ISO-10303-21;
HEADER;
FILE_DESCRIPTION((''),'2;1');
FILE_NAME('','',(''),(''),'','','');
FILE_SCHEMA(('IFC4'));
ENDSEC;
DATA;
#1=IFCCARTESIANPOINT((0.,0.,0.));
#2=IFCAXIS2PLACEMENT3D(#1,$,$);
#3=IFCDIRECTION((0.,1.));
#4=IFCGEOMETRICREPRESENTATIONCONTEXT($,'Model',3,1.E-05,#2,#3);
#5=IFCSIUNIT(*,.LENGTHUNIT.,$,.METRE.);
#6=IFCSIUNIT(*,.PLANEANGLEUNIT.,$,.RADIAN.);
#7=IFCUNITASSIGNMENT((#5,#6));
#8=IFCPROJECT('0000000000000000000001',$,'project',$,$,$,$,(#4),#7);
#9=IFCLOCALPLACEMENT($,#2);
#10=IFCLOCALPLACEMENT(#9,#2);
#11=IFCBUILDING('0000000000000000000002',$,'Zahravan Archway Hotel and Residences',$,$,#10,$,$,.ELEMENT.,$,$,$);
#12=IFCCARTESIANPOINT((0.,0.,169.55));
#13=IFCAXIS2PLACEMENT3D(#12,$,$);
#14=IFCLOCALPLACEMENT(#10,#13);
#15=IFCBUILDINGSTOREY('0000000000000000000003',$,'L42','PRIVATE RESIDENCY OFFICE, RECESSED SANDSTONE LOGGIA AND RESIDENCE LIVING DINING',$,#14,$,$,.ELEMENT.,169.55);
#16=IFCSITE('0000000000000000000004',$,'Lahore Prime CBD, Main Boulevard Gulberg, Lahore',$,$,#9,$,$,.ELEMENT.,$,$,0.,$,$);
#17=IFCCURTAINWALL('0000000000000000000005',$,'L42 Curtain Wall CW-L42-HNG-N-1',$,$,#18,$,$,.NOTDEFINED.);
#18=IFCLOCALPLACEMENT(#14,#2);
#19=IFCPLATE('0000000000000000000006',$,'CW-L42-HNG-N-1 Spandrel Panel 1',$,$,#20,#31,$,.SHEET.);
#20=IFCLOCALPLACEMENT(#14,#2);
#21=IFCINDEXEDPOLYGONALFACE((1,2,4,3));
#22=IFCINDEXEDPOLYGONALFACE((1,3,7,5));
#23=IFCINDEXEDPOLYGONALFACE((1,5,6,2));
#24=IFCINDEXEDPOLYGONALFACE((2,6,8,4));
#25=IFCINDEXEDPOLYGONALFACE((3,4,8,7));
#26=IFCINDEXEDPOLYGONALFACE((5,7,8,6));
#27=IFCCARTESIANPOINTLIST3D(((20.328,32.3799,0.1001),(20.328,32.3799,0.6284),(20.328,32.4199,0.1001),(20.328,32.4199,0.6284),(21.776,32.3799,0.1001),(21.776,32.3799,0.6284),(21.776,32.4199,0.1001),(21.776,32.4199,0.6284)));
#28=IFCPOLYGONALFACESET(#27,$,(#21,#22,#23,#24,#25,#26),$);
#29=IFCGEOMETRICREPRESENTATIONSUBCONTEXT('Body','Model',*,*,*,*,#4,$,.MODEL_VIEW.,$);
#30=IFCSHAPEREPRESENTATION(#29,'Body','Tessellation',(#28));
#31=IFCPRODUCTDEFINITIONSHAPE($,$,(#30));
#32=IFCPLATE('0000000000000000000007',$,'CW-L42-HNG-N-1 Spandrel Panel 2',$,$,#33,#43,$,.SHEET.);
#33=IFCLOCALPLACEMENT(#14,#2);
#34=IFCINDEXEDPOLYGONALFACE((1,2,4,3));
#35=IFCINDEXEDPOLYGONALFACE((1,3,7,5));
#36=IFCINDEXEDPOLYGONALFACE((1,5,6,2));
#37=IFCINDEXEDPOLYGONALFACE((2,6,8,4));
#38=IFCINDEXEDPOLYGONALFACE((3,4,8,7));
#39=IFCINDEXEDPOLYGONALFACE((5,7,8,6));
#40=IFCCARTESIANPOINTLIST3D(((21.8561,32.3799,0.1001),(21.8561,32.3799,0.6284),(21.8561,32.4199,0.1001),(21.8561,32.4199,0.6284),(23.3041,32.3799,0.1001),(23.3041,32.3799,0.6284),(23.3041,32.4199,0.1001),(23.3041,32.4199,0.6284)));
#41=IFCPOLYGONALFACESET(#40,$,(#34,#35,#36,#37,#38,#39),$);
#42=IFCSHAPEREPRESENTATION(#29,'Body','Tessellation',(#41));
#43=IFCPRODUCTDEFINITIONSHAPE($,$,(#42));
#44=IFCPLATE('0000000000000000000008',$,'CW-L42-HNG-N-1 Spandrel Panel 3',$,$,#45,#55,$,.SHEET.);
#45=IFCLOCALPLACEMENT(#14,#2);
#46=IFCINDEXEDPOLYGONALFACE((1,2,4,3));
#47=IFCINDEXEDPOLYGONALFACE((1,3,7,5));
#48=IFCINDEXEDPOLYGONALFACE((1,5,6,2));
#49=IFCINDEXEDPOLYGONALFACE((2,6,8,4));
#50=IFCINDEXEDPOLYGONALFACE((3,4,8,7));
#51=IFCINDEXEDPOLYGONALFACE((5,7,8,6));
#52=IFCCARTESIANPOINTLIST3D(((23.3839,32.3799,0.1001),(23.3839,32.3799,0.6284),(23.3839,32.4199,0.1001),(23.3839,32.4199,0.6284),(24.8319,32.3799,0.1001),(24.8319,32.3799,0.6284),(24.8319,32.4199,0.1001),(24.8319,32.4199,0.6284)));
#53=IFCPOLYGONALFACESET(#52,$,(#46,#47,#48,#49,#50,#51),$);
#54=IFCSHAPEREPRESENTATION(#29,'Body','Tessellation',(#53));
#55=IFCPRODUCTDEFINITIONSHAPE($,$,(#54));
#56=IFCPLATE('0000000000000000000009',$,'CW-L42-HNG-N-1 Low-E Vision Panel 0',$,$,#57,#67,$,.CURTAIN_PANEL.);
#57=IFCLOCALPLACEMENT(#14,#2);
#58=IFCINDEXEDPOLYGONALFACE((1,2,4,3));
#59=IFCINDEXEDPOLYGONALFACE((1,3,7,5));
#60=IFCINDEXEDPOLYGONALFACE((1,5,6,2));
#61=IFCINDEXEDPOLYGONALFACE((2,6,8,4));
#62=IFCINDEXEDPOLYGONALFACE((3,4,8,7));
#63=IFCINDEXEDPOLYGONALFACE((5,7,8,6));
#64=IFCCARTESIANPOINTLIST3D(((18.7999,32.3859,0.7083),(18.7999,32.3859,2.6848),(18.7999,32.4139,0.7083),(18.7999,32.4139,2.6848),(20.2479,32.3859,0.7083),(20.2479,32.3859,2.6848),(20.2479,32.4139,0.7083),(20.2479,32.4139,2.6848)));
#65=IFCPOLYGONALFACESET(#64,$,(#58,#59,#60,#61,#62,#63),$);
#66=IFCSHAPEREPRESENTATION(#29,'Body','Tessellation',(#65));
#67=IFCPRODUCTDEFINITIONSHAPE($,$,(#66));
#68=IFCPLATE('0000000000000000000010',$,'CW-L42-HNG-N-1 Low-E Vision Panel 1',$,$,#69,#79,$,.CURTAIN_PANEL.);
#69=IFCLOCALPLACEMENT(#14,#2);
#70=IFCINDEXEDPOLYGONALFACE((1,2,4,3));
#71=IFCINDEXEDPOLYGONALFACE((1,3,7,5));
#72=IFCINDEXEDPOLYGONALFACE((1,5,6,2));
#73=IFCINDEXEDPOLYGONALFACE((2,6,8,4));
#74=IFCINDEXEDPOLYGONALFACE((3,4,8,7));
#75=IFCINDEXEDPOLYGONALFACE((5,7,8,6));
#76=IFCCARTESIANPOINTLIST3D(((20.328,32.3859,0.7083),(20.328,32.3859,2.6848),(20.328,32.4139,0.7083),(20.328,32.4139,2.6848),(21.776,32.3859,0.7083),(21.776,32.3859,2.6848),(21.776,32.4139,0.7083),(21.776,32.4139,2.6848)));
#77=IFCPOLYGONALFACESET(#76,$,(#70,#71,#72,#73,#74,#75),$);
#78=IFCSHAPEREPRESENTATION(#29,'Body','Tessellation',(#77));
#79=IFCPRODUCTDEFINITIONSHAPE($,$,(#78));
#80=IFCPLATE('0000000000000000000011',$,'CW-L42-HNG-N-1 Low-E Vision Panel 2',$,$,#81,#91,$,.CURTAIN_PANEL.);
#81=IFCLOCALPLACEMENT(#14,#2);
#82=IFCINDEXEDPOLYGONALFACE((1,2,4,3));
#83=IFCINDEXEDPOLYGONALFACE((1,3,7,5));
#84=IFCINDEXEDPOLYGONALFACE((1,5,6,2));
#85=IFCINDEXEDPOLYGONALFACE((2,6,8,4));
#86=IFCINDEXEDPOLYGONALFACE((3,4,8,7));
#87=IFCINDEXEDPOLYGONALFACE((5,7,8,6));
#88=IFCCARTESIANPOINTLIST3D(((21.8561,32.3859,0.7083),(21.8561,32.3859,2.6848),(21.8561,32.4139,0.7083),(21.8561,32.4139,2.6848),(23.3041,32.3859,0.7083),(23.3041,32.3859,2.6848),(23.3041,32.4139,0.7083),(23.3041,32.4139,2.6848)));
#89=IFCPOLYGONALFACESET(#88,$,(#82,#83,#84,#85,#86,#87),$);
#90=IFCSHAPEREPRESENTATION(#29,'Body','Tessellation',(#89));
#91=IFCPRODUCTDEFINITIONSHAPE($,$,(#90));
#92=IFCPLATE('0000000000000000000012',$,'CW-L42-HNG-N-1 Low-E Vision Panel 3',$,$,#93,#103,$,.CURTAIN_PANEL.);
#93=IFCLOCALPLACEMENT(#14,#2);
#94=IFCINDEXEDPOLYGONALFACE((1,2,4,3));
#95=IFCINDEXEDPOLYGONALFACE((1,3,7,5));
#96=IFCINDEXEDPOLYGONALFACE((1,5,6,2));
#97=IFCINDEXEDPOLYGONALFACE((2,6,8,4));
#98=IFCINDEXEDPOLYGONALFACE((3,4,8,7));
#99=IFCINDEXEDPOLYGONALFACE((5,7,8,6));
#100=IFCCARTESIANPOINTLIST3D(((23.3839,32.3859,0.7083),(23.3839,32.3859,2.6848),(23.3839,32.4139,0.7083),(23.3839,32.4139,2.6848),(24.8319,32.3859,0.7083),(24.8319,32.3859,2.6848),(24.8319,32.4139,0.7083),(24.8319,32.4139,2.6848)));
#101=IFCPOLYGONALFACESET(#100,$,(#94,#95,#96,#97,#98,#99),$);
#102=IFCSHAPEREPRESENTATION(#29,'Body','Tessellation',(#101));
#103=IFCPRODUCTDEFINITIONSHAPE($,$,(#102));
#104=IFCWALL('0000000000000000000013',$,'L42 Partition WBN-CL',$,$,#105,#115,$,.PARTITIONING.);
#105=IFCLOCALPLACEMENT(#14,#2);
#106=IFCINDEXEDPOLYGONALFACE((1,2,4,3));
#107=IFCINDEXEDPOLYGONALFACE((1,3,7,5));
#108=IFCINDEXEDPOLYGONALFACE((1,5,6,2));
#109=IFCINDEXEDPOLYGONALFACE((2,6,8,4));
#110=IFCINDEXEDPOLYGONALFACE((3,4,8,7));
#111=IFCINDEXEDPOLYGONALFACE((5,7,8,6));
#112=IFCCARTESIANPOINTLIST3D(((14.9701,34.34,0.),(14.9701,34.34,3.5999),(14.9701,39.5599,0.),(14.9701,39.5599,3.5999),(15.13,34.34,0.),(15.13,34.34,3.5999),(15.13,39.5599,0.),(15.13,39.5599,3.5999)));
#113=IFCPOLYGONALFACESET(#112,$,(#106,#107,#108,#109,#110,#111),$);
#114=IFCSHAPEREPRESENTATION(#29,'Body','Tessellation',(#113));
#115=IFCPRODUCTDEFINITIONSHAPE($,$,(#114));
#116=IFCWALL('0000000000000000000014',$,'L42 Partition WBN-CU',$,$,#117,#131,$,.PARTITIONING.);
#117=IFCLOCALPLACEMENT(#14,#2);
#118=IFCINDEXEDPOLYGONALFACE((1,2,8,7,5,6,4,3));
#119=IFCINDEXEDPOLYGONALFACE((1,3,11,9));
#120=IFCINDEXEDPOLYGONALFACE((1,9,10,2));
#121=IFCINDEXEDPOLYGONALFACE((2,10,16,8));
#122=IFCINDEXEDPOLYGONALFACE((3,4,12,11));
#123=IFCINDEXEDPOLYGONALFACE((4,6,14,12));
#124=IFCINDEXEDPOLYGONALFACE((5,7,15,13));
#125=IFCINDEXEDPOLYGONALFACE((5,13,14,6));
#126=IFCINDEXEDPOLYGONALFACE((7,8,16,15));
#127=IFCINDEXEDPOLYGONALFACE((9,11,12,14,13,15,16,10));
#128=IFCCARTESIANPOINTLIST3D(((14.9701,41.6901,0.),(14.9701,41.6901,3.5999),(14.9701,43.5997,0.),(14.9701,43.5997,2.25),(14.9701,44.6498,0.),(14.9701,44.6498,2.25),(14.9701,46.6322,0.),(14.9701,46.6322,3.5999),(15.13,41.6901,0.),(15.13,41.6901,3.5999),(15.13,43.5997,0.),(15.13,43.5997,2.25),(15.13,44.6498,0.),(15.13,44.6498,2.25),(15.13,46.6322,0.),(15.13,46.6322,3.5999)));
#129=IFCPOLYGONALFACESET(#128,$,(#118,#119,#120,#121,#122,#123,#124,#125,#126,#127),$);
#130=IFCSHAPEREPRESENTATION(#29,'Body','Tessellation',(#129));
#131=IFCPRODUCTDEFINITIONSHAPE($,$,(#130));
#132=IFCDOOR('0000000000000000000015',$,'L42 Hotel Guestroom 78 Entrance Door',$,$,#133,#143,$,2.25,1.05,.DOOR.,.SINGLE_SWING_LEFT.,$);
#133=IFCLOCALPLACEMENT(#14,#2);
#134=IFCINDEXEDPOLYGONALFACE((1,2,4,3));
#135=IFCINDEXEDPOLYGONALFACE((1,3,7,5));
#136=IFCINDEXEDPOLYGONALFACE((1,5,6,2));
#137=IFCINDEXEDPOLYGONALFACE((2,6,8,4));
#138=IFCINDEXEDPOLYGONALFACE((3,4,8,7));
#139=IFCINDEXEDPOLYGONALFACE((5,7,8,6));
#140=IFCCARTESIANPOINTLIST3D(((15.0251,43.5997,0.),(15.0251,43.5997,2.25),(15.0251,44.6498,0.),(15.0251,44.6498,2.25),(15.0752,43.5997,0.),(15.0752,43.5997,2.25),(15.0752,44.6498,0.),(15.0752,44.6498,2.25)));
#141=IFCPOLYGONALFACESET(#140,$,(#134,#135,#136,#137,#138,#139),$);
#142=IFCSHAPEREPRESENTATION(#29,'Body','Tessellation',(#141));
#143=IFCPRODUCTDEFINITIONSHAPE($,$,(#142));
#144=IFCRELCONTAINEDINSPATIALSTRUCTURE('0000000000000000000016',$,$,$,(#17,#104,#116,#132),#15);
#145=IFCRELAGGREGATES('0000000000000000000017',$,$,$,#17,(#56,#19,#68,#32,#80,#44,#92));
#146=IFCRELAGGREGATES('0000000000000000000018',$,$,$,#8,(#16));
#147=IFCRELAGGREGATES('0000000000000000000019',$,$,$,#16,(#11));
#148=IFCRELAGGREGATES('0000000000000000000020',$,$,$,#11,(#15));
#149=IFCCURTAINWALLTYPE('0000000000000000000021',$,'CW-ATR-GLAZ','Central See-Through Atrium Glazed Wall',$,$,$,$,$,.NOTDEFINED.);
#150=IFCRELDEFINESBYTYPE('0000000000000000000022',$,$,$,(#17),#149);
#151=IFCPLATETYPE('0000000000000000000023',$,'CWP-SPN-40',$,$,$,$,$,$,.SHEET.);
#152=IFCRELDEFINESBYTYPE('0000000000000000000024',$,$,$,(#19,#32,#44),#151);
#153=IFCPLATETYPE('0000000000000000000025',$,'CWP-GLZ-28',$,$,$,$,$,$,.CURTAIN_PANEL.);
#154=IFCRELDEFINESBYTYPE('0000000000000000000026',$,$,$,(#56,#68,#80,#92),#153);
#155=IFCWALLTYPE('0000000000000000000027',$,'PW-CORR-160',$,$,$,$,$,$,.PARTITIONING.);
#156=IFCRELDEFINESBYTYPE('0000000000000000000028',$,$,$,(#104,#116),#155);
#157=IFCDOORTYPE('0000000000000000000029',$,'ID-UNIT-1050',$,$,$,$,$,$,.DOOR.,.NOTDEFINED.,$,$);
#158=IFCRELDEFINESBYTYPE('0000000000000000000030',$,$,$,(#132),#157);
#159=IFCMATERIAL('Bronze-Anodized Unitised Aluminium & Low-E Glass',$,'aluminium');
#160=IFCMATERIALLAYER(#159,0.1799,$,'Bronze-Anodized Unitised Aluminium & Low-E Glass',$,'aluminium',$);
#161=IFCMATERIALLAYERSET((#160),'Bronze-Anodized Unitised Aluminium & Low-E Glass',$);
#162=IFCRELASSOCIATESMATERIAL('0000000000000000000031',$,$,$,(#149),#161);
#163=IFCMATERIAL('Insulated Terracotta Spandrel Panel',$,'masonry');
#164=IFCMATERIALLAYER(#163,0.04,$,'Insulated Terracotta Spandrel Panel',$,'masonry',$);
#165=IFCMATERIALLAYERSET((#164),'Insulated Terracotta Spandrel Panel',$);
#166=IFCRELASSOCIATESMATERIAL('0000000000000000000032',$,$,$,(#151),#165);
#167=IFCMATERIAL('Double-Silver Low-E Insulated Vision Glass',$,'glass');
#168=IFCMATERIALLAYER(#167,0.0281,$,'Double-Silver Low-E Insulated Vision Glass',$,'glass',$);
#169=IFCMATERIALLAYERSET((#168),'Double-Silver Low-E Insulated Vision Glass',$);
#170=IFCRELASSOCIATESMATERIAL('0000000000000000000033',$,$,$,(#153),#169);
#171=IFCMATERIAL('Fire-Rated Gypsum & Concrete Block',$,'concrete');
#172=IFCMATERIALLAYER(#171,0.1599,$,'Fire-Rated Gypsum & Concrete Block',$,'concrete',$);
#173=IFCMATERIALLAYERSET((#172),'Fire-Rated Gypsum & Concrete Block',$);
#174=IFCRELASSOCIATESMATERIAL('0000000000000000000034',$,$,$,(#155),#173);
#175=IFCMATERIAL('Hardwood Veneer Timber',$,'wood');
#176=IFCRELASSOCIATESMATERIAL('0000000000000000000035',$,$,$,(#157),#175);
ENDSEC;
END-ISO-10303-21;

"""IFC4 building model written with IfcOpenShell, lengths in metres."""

from ifc_helpers import new_model, si_unit, direction, frame, frame_2d, origin, origin_2d, place, context, subcontext, project, spatial, rectangle, extrude, source, transform, mapped, material, layer, layer_set, type_object, type_shapes, element, fill, aggregate, save


model = new_model("IFC4")

# Units and contexts
model_context = context("Model", 3, precision=1e-05, world=origin(), true_north=direction((0.0, 1.0)))
body_context = subcontext(model_context, "Body", "Model", "MODEL_VIEW")
ifc_project = project(units=[si_unit("LENGTHUNIT", "METRE"), si_unit("PLANEANGLEUNIT", "RADIAN")], contexts=[model_context])

# Site, building, storey
site_placement = place(None, origin())
site = spatial("IfcSite", under=ifc_project, at=site_placement, Name="Lahore Prime CBD, Main Boulevard Gulberg, Lahore", CompositionType="ELEMENT", RefElevation=0.0)
building_placement = place(site_placement, origin())
building = spatial("IfcBuilding", under=site, at=building_placement, Name="Zahravan Archway Hotel and Residences", CompositionType="ELEMENT")
storey_placement = place(building_placement, frame((0.0, 0.0, 169.55)))
storey = spatial("IfcBuildingStorey", under=building, at=storey_placement, Name="L42", Description="PRIVATE RESIDENCY OFFICE, RECESSED SANDSTONE LOGGIA AND RESIDENCE LIVING DINING", CompositionType="ELEMENT", Elevation=169.55)

# Curtain wall, plates
ifc_material_1 = material(Name="Bronze-Anodized Unitised Aluminium & Low-E Glass", Category="aluminium")
ifc_layer_1 = layer(ifc_material_1, 0.1799, Name="Bronze-Anodized Unitised Aluminium & Low-E Glass", Category="aluminium")
ifc_layer_set_1 = layer_set([ifc_layer_1], Name="Bronze-Anodized Unitised Aluminium & Low-E Glass")
curtain_wall_type = type_object("IfcCurtainWallType", Name="CW-ATR-GLAZ", Description="Central See-Through Atrium Glazed Wall", PredefinedType="NOTDEFINED", material=ifc_layer_set_1)
curtain_wall_placement = place(storey_placement, origin())
curtain_wall = element("IfcCurtainWall", 1, at=curtain_wall_placement, inside=storey, type_object=curtain_wall_type, Name="L42 Curtain Wall CW-L42-HNG-N-1", PredefinedType="NOTDEFINED")
ifc_material_2 = material(Name="Insulated Terracotta Spandrel Panel", Category="masonry")
ifc_layer_2 = layer(ifc_material_2, 0.04, Name="Insulated Terracotta Spandrel Panel", Category="masonry")
ifc_layer_set_2 = layer_set([ifc_layer_2], Name="Insulated Terracotta Spandrel Panel")
plate_type_1 = type_object("IfcPlateType", Name="CWP-SPN-40", PredefinedType="SHEET", material=ifc_layer_set_2)
shared_shape_1 = source(origin(), body_context, "Body", "SweptSolid", [
    extrude(rectangle(XDim=1.448, YDim=0.04, at=origin_2d()), origin(), (0.0, 0.0, 1.0), 0.5283),
])
plate_1_placement = place(storey_placement, frame((21.052, 32.3999, 0.1001), z_axis=(0.0, 0.0, 1.0), x_axis=(1.0, 0.0, 0.0)))
plate_1 = element("IfcPlate", 2, at=plate_1_placement, type_object=plate_type_1, Name="CW-L42-HNG-N-1 Spandrel Panel 1", PredefinedType="SHEET", context=body_context, shape_type="MappedRepresentation", body=[
    mapped(shared_shape_1, transform((0.0, 0.0, 0.0), scale=1.0)),
])
plate_2_placement = place(storey_placement, frame((22.5801, 32.3999, 0.1001), z_axis=(0.0, 0.0, 1.0), x_axis=(1.0, 0.0, 0.0)))
plate_2 = element("IfcPlate", 3, at=plate_2_placement, type_object=plate_type_1, Name="CW-L42-HNG-N-1 Spandrel Panel 2", PredefinedType="SHEET", context=body_context, shape_type="MappedRepresentation", body=[
    mapped(shared_shape_1, transform((0.0, 0.0, 0.0), scale=1.0)),
])
plate_3_placement = place(storey_placement, frame((24.1079, 32.3999, 0.1001), z_axis=(0.0, 0.0, 1.0), x_axis=(1.0, 0.0, 0.0)))
plate_3 = element("IfcPlate", 4, at=plate_3_placement, type_object=plate_type_1, Name="CW-L42-HNG-N-1 Spandrel Panel 3", PredefinedType="SHEET", context=body_context, shape_type="MappedRepresentation", body=[
    mapped(shared_shape_1, transform((0.0, 0.0, 0.0), scale=1.0)),
])
ifc_material_3 = material(Name="Double-Silver Low-E Insulated Vision Glass", Category="glass")
ifc_layer_3 = layer(ifc_material_3, 0.0281, Name="Double-Silver Low-E Insulated Vision Glass", Category="glass")
ifc_layer_set_3 = layer_set([ifc_layer_3], Name="Double-Silver Low-E Insulated Vision Glass")
plate_type_2 = type_object("IfcPlateType", Name="CWP-GLZ-28", PredefinedType="CURTAIN_PANEL", material=ifc_layer_set_3)
shared_shape_2 = source(origin(), body_context, "Body", "SweptSolid", [
    extrude(rectangle(XDim=1.448, YDim=0.0281, at=origin_2d()), origin(), (0.0, 0.0, 1.0), 1.9766),
])
plate_4_placement = place(storey_placement, frame((19.5239, 32.3999, 0.7083), z_axis=(0.0, 0.0, 1.0), x_axis=(1.0, 0.0, 0.0)))
plate_4 = element("IfcPlate", 5, at=plate_4_placement, type_object=plate_type_2, Name="CW-L42-HNG-N-1 Low-E Vision Panel 0", PredefinedType="CURTAIN_PANEL", context=body_context, shape_type="MappedRepresentation", body=[
    mapped(shared_shape_2, transform((0.0, 0.0, 0.0), scale=1.0)),
])
plate_5_placement = place(storey_placement, frame((21.052, 32.3999, 0.7083), z_axis=(0.0, 0.0, 1.0), x_axis=(1.0, 0.0, 0.0)))
plate_5 = element("IfcPlate", 6, at=plate_5_placement, type_object=plate_type_2, Name="CW-L42-HNG-N-1 Low-E Vision Panel 1", PredefinedType="CURTAIN_PANEL", context=body_context, shape_type="MappedRepresentation", body=[
    mapped(shared_shape_2, transform((0.0, 0.0, 0.0), scale=1.0)),
])
plate_6_placement = place(storey_placement, frame((22.5801, 32.3999, 0.7083), z_axis=(0.0, 0.0, 1.0), x_axis=(1.0, 0.0, 0.0)))
plate_6 = element("IfcPlate", 7, at=plate_6_placement, type_object=plate_type_2, Name="CW-L42-HNG-N-1 Low-E Vision Panel 2", PredefinedType="CURTAIN_PANEL", context=body_context, shape_type="MappedRepresentation", body=[
    mapped(shared_shape_2, transform((0.0, 0.0, 0.0), scale=1.0)),
])
plate_7_placement = place(storey_placement, frame((24.1079, 32.3999, 0.7083), z_axis=(0.0, 0.0, 1.0), x_axis=(1.0, 0.0, 0.0)))
plate_7 = element("IfcPlate", 8, at=plate_7_placement, type_object=plate_type_2, Name="CW-L42-HNG-N-1 Low-E Vision Panel 3", PredefinedType="CURTAIN_PANEL", context=body_context, shape_type="MappedRepresentation", body=[
    mapped(shared_shape_2, transform((0.0, 0.0, 0.0), scale=1.0)),
])
aggregate(curtain_wall, [plate_4, plate_1, plate_5, plate_2, plate_6, plate_3, plate_7])

# Wall
ifc_material_4 = material(Name="Fire-Rated Gypsum & Concrete Block", Category="concrete")
ifc_layer_4 = layer(ifc_material_4, 0.1599, Name="Fire-Rated Gypsum & Concrete Block", Category="concrete")
ifc_layer_set_4 = layer_set([ifc_layer_4], Name="Fire-Rated Gypsum & Concrete Block")
wall_type = type_object("IfcWallType", Name="PW-CORR-160", PredefinedType="PARTITIONING", material=ifc_layer_set_4)
wall_1_placement = place(storey_placement, frame((15.05, 34.3401, 0.0), z_axis=(0.0, 0.0, 1.0), x_axis=(0.0, 1.0, 0.0)))
element("IfcWall", 9, at=wall_1_placement, inside=storey, type_object=wall_type, Name="L42 Partition WBN-CL", PredefinedType="PARTITIONING", context=body_context, shape_type="SweptSolid", body=[
    extrude(rectangle(XDim=5.22, YDim=0.1599, at=frame_2d((2.6099, 0.0))), origin(), (0.0, 0.0, 1.0), 3.5999),
])

# Wall, opening, door
wall_2_placement = place(storey_placement, frame((15.05, 41.6899, 0.0), z_axis=(0.0, 0.0, 1.0), x_axis=(0.0, 1.0, 0.0)))
wall_2 = element("IfcWall", 10, at=wall_2_placement, inside=storey, type_object=wall_type, Name="L42 Partition WBN-CU", PredefinedType="PARTITIONING", context=body_context, shape_type="SweptSolid", body=[
    extrude(rectangle(XDim=4.9421, YDim=0.1599, at=frame_2d((2.4712, 0.0))), origin(), (0.0, 0.0, 1.0), 3.5999),
])
opening_placement = place(wall_2_placement, frame((1.9099, 0.0, 0.0)))
opening = element("IfcOpeningElement", 11, at=opening_placement, cuts=wall_2, PredefinedType="OPENING", context=body_context, shape_type="SweptSolid", body=[
    extrude(rectangle(XDim=1.05, YDim=2.25, at=frame_2d((0.5249, 1.125))), frame((0.0, 0.0898, 0.0), z_axis=(0.0, -1.0, 0.0), x_axis=(1.0, 0.0, 0.0)), (0.0, 0.0, 1.0), 0.1799),
])
ifc_material_5 = material(Name="Hardwood Veneer Timber", Category="wood")
door_type = type_object("IfcDoorType", Name="ID-UNIT-1050", OperationType="NOTDEFINED", PredefinedType="DOOR", material=ifc_material_5)
shared_shape_3 = source(origin(), body_context, "Body", "SweptSolid", [
    extrude(rectangle(XDim=1.05, YDim=2.25, at=frame_2d((0.5249, 1.125))), frame((0.0, 0.0249, 0.0), z_axis=(0.0, -1.0, 0.0), x_axis=(1.0, 0.0, 0.0)), (0.0, 0.0, 1.0), 0.05),
])
type_shapes(door_type, [shared_shape_3])
door_placement = place(opening_placement, origin())
door = element("IfcDoor", 12, at=door_placement, inside=storey, type_object=door_type, Name="L42 Hotel Guestroom 78 Entrance Door", OperationType="SINGLE_SWING_LEFT", OverallHeight=2.25, OverallWidth=1.05, PredefinedType="DOOR", context=body_context, shape_type="MappedRepresentation", body=[
    mapped(shared_shape_3, transform((0.0, 0.0, 0.0), scale=1.0)),
])
fill(opening, door)

save(model, "model.ifc")
